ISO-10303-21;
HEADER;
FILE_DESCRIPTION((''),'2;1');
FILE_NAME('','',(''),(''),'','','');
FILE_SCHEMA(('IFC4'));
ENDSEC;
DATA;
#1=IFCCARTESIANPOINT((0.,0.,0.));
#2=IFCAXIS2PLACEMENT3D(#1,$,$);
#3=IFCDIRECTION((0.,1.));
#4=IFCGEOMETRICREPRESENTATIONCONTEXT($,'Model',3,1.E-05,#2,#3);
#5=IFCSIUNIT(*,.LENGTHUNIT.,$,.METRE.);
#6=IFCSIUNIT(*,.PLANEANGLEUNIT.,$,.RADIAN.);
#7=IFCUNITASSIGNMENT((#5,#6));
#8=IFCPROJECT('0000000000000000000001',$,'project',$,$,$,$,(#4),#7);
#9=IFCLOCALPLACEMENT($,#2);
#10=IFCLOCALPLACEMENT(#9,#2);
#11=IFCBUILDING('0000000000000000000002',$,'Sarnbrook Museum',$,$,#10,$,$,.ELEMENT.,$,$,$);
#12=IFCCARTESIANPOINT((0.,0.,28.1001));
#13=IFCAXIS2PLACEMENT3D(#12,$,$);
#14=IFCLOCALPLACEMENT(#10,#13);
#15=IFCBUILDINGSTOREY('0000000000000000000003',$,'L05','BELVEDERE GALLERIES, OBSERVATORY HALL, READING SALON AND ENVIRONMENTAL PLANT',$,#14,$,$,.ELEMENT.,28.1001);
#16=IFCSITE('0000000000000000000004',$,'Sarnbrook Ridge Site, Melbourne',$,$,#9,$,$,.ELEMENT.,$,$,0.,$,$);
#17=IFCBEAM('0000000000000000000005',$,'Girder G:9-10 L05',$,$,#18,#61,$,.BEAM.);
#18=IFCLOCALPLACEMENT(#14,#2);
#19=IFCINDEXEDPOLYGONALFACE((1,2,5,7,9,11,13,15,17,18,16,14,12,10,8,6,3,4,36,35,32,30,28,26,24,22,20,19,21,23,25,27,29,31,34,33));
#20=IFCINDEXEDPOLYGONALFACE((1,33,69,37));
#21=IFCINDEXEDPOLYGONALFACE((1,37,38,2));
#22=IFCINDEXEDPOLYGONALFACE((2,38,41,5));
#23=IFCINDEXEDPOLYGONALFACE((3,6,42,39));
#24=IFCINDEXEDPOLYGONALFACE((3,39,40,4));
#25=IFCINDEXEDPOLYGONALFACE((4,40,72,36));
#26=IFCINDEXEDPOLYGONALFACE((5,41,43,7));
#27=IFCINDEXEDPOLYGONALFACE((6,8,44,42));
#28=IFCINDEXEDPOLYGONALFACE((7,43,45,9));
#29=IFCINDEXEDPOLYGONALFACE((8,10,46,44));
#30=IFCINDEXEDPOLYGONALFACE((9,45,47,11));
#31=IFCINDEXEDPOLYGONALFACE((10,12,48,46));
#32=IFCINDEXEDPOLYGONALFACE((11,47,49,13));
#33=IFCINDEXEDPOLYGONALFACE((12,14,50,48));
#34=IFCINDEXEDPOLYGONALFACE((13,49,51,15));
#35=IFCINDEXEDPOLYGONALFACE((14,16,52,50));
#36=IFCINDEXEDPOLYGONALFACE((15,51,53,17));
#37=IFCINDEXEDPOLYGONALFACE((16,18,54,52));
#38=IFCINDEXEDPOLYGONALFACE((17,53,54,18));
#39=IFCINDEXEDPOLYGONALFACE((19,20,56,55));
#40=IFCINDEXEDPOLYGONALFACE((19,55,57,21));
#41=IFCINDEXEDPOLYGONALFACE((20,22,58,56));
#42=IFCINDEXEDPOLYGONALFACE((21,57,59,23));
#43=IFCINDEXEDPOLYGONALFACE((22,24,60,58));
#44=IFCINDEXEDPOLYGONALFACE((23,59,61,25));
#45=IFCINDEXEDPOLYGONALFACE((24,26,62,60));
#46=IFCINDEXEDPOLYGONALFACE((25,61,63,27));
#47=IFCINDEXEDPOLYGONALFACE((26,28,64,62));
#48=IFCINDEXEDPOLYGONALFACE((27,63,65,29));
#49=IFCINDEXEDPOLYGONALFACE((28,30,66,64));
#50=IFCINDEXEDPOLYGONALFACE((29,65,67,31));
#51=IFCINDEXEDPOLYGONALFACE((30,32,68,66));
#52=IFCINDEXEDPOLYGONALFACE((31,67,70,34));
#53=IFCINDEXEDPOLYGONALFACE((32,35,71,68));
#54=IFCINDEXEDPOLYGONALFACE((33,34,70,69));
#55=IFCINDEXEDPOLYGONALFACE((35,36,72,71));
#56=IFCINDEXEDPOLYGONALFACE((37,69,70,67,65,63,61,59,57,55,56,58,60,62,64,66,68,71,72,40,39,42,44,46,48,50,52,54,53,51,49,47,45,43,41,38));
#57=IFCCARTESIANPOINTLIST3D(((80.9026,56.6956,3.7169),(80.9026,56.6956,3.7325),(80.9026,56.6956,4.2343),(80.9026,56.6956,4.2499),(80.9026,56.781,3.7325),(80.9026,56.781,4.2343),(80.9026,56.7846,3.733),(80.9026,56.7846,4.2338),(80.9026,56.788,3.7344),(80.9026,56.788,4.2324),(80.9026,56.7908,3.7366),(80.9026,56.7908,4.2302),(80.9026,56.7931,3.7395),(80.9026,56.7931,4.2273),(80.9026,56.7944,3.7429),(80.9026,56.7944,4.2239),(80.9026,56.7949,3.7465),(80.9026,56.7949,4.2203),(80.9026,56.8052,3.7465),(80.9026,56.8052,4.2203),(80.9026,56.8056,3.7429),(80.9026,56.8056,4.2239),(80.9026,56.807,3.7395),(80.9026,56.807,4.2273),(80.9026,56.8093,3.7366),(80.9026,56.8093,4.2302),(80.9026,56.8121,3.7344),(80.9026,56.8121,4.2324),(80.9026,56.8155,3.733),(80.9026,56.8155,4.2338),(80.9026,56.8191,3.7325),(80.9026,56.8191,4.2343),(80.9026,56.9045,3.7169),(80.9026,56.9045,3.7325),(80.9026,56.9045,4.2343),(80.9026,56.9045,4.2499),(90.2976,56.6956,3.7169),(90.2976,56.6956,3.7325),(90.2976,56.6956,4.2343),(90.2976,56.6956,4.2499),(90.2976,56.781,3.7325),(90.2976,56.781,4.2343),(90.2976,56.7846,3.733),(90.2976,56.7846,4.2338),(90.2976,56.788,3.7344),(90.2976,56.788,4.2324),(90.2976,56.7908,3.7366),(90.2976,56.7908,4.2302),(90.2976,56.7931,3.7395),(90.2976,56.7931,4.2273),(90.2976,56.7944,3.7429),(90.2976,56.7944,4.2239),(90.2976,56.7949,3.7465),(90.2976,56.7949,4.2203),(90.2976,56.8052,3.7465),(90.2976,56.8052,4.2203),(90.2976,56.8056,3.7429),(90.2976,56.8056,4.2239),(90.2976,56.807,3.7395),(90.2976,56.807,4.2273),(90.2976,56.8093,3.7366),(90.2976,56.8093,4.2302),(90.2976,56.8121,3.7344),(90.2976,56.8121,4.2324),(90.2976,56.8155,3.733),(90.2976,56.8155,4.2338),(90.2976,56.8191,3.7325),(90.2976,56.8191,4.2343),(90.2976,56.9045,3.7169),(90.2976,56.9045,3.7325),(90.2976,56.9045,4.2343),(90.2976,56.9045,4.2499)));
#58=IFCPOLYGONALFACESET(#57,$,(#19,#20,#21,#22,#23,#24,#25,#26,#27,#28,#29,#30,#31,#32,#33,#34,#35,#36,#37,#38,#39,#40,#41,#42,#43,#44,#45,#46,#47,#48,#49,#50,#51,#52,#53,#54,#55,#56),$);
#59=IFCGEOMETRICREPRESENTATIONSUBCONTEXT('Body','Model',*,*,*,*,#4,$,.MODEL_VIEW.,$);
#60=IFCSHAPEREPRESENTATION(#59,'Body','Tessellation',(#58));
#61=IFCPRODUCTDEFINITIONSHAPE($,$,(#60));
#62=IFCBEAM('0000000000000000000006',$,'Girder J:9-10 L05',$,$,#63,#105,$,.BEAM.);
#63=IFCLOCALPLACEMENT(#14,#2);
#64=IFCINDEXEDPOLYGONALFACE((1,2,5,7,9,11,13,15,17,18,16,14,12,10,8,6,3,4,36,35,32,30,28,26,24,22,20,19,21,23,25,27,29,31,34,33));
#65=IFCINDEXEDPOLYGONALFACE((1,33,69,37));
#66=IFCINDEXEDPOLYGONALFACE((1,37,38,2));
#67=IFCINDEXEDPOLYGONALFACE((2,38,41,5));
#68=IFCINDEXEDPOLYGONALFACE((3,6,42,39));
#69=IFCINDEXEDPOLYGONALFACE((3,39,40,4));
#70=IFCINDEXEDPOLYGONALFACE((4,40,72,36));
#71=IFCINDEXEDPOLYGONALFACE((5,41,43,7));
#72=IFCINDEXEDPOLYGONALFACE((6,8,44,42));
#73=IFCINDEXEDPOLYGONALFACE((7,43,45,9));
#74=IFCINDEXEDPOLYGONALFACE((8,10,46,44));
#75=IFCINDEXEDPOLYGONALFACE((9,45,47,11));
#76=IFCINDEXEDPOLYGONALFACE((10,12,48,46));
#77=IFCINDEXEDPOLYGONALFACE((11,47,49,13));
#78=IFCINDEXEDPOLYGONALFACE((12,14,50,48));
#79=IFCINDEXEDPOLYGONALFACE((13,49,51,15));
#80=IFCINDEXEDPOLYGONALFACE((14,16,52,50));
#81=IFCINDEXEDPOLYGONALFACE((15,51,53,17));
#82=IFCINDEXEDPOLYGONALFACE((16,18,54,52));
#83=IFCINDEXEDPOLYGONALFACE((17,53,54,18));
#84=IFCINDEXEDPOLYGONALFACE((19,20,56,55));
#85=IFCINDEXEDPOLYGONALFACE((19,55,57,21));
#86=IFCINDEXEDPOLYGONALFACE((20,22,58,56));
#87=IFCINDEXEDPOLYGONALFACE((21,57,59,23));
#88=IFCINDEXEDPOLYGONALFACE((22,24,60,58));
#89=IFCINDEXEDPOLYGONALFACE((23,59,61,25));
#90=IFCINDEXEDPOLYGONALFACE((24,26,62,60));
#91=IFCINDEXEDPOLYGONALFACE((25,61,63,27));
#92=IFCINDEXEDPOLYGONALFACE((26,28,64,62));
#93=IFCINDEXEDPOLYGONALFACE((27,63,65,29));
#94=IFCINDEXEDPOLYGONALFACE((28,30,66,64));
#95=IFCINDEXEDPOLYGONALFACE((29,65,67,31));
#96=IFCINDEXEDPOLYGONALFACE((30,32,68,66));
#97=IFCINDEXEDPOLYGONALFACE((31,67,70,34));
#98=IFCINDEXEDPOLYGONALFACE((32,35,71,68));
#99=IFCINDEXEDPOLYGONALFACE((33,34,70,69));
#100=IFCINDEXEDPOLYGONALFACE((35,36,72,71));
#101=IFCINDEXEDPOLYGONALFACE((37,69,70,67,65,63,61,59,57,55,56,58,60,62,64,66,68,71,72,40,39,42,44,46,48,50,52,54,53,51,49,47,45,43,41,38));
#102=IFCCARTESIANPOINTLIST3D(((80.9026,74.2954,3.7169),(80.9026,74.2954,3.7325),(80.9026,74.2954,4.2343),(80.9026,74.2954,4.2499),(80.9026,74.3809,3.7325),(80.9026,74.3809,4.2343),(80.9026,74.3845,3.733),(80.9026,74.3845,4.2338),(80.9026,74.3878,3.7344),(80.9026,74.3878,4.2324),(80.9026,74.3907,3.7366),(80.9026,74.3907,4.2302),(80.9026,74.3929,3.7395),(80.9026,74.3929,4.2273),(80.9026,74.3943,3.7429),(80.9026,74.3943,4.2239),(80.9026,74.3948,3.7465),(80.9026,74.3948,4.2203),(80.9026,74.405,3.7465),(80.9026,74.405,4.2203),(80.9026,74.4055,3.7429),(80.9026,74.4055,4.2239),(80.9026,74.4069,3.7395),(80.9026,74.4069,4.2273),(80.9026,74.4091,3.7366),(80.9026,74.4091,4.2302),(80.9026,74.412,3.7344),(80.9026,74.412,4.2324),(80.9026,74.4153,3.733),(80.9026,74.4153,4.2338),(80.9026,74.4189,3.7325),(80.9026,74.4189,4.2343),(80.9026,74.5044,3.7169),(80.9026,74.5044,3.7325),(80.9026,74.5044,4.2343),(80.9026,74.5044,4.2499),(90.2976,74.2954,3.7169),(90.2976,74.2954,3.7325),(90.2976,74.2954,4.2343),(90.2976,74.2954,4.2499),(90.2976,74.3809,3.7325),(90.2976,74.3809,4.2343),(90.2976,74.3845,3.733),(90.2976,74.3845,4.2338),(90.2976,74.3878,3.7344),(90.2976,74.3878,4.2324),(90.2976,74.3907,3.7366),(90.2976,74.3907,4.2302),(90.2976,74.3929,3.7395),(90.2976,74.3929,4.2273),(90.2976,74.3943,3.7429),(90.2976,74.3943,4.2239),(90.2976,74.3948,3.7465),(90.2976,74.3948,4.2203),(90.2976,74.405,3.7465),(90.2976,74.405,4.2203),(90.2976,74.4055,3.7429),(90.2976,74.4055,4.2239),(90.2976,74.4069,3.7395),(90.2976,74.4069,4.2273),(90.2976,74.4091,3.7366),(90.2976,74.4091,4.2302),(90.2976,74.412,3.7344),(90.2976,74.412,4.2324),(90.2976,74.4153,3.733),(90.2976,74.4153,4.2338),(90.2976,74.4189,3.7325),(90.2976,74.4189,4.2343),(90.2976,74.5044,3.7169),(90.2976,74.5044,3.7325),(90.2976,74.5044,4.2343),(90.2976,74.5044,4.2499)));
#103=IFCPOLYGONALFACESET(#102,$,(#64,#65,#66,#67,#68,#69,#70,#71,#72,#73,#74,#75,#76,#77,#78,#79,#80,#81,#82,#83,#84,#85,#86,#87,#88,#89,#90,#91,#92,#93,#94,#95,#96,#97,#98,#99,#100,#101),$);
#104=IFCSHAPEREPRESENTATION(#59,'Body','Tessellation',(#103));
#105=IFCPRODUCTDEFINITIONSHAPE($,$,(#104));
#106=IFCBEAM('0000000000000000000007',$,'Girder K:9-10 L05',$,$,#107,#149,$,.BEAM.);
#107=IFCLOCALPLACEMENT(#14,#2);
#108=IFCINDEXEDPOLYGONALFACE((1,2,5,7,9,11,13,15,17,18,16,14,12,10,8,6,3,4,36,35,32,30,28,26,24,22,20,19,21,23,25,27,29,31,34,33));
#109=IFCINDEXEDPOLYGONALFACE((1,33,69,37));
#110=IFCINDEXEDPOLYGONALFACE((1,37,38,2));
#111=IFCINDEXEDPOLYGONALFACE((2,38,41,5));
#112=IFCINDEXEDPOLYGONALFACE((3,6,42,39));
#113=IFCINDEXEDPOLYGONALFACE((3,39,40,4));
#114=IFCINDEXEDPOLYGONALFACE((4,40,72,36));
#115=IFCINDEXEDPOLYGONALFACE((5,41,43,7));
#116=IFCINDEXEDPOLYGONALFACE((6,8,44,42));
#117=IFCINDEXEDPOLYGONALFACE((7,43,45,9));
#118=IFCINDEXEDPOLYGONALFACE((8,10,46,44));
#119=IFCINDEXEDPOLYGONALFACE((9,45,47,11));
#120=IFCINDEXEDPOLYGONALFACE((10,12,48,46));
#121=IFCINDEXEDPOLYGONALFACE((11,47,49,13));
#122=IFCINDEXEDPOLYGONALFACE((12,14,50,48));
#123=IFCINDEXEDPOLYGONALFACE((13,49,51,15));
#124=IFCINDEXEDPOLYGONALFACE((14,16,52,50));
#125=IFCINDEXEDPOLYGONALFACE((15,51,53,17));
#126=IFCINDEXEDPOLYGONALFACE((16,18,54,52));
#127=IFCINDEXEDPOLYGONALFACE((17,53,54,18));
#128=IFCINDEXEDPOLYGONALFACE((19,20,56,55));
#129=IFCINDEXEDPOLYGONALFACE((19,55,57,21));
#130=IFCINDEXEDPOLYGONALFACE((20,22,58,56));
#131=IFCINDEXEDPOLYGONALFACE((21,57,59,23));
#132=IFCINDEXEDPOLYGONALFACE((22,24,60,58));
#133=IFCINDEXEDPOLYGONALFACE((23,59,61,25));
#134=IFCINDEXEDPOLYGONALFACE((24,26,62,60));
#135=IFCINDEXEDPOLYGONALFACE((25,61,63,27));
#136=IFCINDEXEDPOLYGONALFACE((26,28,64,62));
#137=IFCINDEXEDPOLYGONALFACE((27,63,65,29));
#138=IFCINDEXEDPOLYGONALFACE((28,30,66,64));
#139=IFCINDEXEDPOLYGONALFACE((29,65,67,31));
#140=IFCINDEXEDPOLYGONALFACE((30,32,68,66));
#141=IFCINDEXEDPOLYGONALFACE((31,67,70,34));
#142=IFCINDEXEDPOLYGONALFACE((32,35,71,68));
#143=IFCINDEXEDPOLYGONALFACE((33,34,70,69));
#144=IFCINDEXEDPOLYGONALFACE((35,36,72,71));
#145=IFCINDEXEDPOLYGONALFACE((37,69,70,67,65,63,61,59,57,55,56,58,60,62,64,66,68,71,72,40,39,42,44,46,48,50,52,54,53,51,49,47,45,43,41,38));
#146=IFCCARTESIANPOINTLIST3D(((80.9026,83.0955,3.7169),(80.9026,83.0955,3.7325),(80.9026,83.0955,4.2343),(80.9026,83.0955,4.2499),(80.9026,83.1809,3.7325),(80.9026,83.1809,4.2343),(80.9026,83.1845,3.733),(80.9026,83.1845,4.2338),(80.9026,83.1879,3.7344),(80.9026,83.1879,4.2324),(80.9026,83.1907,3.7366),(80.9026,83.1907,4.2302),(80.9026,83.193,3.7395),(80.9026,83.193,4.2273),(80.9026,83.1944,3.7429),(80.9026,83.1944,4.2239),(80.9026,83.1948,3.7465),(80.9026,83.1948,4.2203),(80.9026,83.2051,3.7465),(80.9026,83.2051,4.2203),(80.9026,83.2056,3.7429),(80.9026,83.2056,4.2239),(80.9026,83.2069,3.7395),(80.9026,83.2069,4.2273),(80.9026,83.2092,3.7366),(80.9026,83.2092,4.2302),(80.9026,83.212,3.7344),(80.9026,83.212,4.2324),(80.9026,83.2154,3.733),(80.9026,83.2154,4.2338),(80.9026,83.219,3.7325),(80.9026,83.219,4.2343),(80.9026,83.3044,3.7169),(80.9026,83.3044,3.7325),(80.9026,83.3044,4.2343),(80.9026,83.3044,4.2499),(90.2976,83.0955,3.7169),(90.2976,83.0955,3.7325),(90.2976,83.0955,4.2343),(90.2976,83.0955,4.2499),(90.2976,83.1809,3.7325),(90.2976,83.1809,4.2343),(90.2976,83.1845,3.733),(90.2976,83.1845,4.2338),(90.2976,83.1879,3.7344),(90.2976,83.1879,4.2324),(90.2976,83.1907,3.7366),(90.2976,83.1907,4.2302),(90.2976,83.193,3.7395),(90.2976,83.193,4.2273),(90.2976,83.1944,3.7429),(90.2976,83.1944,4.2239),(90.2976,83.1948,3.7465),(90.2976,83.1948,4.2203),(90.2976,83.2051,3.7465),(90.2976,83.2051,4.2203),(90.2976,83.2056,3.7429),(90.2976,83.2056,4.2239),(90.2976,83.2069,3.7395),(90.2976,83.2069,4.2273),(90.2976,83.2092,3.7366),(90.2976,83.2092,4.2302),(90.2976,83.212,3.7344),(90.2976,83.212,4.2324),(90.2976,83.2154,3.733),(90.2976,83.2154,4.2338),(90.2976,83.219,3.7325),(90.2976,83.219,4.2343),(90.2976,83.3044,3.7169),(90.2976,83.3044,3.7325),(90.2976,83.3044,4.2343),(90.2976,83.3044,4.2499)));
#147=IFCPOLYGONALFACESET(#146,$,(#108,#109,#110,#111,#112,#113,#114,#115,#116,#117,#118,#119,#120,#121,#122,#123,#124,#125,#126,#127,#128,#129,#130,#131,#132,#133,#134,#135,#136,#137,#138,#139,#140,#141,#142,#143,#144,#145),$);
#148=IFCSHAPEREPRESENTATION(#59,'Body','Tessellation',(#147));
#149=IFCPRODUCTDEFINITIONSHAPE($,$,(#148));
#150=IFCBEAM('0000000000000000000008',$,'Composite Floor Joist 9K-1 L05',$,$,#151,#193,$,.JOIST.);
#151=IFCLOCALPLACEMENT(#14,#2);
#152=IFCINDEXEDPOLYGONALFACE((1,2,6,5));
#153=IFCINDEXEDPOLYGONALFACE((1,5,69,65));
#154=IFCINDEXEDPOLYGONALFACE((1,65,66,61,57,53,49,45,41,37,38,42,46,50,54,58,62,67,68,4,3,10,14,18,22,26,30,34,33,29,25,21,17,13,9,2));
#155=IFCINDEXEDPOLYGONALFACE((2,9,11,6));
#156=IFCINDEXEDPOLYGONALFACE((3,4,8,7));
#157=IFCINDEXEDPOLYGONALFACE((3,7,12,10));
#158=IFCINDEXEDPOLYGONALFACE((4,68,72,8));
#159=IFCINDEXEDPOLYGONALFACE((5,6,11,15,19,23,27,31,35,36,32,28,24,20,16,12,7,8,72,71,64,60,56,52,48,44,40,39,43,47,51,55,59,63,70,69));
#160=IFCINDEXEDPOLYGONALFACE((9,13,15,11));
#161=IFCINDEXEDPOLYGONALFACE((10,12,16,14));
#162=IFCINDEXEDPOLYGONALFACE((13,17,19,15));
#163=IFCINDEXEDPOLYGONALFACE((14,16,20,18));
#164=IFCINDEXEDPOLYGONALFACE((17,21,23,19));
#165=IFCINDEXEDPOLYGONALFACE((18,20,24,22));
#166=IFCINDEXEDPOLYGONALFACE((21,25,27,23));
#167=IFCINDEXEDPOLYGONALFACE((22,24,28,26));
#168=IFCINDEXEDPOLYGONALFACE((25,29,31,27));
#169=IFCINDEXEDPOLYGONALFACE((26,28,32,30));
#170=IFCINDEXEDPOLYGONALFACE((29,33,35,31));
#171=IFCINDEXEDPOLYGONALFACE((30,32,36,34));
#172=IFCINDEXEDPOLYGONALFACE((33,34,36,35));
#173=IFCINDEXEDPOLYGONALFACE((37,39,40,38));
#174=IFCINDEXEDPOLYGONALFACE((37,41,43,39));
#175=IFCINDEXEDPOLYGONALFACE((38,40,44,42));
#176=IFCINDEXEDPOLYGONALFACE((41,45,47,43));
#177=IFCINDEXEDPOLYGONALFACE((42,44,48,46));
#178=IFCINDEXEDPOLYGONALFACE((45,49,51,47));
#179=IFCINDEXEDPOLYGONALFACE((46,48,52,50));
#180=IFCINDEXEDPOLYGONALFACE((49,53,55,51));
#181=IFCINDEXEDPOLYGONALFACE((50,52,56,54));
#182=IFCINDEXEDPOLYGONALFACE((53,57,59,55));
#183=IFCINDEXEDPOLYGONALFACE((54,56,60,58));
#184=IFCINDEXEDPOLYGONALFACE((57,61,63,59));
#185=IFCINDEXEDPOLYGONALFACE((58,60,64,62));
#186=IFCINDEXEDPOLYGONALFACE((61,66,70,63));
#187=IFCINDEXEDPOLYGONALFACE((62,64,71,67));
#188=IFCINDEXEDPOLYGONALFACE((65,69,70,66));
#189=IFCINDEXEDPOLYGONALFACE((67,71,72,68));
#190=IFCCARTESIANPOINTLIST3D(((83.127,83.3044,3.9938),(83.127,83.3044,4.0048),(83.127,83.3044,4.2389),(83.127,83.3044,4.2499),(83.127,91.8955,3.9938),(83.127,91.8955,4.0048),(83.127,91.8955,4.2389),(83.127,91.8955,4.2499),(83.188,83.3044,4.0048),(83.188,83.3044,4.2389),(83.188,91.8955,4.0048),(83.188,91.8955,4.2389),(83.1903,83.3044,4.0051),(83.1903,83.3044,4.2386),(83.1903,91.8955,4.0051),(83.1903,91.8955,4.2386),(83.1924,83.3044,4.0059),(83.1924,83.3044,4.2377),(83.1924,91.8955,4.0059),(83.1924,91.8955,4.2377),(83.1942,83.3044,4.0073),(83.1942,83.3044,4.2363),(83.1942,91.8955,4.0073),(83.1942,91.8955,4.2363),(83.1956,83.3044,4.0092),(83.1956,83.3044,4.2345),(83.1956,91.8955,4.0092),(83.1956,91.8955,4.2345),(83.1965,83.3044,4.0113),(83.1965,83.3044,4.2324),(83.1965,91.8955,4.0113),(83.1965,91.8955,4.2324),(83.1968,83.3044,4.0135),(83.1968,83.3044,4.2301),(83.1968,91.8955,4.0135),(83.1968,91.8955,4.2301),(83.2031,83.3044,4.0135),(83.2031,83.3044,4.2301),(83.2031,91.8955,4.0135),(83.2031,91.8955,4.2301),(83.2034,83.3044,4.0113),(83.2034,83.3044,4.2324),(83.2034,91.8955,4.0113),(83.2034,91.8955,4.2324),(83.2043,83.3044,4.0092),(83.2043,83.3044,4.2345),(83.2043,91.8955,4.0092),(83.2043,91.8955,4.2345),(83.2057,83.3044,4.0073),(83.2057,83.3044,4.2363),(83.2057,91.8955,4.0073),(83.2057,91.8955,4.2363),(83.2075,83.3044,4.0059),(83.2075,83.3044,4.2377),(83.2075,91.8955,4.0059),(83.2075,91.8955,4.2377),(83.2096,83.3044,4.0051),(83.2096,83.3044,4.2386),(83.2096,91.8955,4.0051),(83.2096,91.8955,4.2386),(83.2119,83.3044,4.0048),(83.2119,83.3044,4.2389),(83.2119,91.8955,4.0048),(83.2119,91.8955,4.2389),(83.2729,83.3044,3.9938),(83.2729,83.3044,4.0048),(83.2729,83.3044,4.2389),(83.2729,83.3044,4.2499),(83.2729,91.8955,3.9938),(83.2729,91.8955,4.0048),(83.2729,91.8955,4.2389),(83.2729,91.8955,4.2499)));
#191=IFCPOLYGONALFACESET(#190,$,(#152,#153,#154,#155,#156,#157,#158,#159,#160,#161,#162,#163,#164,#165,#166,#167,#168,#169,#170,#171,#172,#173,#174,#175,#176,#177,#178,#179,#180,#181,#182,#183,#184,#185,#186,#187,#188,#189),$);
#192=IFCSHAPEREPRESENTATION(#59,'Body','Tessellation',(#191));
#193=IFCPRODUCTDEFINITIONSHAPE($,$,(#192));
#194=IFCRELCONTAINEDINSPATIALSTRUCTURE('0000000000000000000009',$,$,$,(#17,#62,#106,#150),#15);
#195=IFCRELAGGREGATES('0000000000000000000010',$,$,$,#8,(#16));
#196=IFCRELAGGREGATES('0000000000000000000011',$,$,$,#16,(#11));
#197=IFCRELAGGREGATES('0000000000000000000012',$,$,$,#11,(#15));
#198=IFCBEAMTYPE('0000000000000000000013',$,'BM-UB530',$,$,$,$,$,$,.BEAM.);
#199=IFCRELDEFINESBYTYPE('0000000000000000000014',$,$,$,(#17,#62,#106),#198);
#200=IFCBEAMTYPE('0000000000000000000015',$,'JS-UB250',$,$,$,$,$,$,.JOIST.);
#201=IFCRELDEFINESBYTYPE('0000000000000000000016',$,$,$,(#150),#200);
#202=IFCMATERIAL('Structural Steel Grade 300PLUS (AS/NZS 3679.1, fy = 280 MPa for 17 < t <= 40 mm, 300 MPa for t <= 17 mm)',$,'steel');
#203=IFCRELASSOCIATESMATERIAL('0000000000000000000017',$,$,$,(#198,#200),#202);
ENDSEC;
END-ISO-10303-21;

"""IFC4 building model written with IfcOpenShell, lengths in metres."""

from ifc_helpers import new_model, si_unit, direction, frame, origin, origin_2d, place, context, subcontext, project, spatial, i_section, extrude, material, material_profile, profile_set, type_object, element, save


model = new_model("IFC4")

# Units and contexts
model_context = context("Model", 3, precision=1e-05, world=origin(), true_north=direction((0.0, 1.0)))
body_context = subcontext(model_context, "Body", "Model", "MODEL_VIEW")
ifc_project = project(units=[si_unit("LENGTHUNIT", "METRE"), si_unit("PLANEANGLEUNIT", "RADIAN")], contexts=[model_context])

# Site, building, storey
site_placement = place(None, origin())
site = spatial("IfcSite", under=ifc_project, at=site_placement, Name="Sarnbrook Ridge Site, Melbourne", CompositionType="ELEMENT", RefElevation=0.0)
building_placement = place(site_placement, origin())
building = spatial("IfcBuilding", under=site, at=building_placement, Name="Sarnbrook Museum", CompositionType="ELEMENT")
storey_placement = place(building_placement, frame((0.0, 0.0, 28.1001)))
storey = spatial("IfcBuildingStorey", under=building, at=storey_placement, Name="L05", Description="BELVEDERE GALLERIES, OBSERVATORY HALL, READING SALON AND ENVIRONMENTAL PLANT", CompositionType="ELEMENT", Elevation=28.1001)

# Shared definitions
ifc_material_1 = material(Name="Structural Steel Grade 300PLUS (AS/NZS 3679.1, fy = 280 MPa for 17 < t <= 40 mm, 300 MPa for t <= 17 mm)", Category="steel")

# Beams
ifc_material_profile_1 = material_profile(ifc_material_1, i_section(OverallWidth=0.209, OverallDepth=0.533, WebThickness=0.0103, FlangeThickness=0.0156, FilletRadius=0.0139, at=origin_2d()), Name="530UB92.4")
ifc_profile_set_1 = profile_set([ifc_material_profile_1], Name="Structural Steel Grade 300PLUS (AS/NZS 3679.1, fy = 280 MPa for 17 < t <= 40 mm, 300 MPa for t <= 17 mm)")
beam_type_1 = type_object("IfcBeamType", Name="BM-UB530", PredefinedType="BEAM", material=ifc_profile_set_1)
for number, where, z_axis, x_axis, name in (
    (1, (80.9026, 56.8, 3.9834), (1.0, 0.0, 0.0), (0.0, 1.0, 0.0), "Girder G:9-10 L05"),
    (2, (80.9026, 74.3999, 3.9834), (1.0, 0.0, 0.0), (0.0, 1.0, 0.0), "Girder J:9-10 L05"),
    (3, (80.9026, 83.2, 3.9834), (1.0, 0.0, 0.0), (0.0, 1.0, 0.0), "Girder K:9-10 L05"),
):
    element("IfcBeam", number, at=place(storey_placement, frame(where, z_axis=z_axis, x_axis=x_axis)), inside=storey, type_object=beam_type_1, Name=name, PredefinedType="BEAM", context=body_context, shape_type="SweptSolid", body=[
        extrude(i_section(OverallWidth=0.209, OverallDepth=0.533, WebThickness=0.0103, FlangeThickness=0.0156, FilletRadius=0.0139, at=origin_2d()), origin(), (0.0, 0.0, 1.0), 9.395),
    ])
ifc_material_profile_2 = material_profile(ifc_material_1, i_section(OverallWidth=0.146, OverallDepth=0.2561, WebThickness=0.0063, FlangeThickness=0.011, FilletRadius=0.0088, at=origin_2d()), Name="250UB37.3")
ifc_profile_set_2 = profile_set([ifc_material_profile_2], Name="Structural Steel Grade 300PLUS (AS/NZS 3679.1, fy = 280 MPa for 17 < t <= 40 mm, 300 MPa for t <= 17 mm)")
beam_type_2 = type_object("IfcBeamType", Name="JS-UB250", PredefinedType="JOIST", material=ifc_profile_set_2)
for number, where, z_axis, x_axis, name in (
    (4, (83.2, 83.3044, 4.1218), (0.0, 1.0, 0.0), (-1.0, 0.0, 0.0), "Composite Floor Joist 9K-1 L05"),
):
    element("IfcBeam", number, at=place(storey_placement, frame(where, z_axis=z_axis, x_axis=x_axis)), inside=storey, type_object=beam_type_2, Name=name, PredefinedType="JOIST", context=body_context, shape_type="SweptSolid", body=[
        extrude(i_section(OverallWidth=0.146, OverallDepth=0.2561, WebThickness=0.0063, FlangeThickness=0.011, FilletRadius=0.0088, at=origin_2d()), origin(), (0.0, 0.0, 1.0), 8.5911),
    ])

save(model, "model.ifc")
